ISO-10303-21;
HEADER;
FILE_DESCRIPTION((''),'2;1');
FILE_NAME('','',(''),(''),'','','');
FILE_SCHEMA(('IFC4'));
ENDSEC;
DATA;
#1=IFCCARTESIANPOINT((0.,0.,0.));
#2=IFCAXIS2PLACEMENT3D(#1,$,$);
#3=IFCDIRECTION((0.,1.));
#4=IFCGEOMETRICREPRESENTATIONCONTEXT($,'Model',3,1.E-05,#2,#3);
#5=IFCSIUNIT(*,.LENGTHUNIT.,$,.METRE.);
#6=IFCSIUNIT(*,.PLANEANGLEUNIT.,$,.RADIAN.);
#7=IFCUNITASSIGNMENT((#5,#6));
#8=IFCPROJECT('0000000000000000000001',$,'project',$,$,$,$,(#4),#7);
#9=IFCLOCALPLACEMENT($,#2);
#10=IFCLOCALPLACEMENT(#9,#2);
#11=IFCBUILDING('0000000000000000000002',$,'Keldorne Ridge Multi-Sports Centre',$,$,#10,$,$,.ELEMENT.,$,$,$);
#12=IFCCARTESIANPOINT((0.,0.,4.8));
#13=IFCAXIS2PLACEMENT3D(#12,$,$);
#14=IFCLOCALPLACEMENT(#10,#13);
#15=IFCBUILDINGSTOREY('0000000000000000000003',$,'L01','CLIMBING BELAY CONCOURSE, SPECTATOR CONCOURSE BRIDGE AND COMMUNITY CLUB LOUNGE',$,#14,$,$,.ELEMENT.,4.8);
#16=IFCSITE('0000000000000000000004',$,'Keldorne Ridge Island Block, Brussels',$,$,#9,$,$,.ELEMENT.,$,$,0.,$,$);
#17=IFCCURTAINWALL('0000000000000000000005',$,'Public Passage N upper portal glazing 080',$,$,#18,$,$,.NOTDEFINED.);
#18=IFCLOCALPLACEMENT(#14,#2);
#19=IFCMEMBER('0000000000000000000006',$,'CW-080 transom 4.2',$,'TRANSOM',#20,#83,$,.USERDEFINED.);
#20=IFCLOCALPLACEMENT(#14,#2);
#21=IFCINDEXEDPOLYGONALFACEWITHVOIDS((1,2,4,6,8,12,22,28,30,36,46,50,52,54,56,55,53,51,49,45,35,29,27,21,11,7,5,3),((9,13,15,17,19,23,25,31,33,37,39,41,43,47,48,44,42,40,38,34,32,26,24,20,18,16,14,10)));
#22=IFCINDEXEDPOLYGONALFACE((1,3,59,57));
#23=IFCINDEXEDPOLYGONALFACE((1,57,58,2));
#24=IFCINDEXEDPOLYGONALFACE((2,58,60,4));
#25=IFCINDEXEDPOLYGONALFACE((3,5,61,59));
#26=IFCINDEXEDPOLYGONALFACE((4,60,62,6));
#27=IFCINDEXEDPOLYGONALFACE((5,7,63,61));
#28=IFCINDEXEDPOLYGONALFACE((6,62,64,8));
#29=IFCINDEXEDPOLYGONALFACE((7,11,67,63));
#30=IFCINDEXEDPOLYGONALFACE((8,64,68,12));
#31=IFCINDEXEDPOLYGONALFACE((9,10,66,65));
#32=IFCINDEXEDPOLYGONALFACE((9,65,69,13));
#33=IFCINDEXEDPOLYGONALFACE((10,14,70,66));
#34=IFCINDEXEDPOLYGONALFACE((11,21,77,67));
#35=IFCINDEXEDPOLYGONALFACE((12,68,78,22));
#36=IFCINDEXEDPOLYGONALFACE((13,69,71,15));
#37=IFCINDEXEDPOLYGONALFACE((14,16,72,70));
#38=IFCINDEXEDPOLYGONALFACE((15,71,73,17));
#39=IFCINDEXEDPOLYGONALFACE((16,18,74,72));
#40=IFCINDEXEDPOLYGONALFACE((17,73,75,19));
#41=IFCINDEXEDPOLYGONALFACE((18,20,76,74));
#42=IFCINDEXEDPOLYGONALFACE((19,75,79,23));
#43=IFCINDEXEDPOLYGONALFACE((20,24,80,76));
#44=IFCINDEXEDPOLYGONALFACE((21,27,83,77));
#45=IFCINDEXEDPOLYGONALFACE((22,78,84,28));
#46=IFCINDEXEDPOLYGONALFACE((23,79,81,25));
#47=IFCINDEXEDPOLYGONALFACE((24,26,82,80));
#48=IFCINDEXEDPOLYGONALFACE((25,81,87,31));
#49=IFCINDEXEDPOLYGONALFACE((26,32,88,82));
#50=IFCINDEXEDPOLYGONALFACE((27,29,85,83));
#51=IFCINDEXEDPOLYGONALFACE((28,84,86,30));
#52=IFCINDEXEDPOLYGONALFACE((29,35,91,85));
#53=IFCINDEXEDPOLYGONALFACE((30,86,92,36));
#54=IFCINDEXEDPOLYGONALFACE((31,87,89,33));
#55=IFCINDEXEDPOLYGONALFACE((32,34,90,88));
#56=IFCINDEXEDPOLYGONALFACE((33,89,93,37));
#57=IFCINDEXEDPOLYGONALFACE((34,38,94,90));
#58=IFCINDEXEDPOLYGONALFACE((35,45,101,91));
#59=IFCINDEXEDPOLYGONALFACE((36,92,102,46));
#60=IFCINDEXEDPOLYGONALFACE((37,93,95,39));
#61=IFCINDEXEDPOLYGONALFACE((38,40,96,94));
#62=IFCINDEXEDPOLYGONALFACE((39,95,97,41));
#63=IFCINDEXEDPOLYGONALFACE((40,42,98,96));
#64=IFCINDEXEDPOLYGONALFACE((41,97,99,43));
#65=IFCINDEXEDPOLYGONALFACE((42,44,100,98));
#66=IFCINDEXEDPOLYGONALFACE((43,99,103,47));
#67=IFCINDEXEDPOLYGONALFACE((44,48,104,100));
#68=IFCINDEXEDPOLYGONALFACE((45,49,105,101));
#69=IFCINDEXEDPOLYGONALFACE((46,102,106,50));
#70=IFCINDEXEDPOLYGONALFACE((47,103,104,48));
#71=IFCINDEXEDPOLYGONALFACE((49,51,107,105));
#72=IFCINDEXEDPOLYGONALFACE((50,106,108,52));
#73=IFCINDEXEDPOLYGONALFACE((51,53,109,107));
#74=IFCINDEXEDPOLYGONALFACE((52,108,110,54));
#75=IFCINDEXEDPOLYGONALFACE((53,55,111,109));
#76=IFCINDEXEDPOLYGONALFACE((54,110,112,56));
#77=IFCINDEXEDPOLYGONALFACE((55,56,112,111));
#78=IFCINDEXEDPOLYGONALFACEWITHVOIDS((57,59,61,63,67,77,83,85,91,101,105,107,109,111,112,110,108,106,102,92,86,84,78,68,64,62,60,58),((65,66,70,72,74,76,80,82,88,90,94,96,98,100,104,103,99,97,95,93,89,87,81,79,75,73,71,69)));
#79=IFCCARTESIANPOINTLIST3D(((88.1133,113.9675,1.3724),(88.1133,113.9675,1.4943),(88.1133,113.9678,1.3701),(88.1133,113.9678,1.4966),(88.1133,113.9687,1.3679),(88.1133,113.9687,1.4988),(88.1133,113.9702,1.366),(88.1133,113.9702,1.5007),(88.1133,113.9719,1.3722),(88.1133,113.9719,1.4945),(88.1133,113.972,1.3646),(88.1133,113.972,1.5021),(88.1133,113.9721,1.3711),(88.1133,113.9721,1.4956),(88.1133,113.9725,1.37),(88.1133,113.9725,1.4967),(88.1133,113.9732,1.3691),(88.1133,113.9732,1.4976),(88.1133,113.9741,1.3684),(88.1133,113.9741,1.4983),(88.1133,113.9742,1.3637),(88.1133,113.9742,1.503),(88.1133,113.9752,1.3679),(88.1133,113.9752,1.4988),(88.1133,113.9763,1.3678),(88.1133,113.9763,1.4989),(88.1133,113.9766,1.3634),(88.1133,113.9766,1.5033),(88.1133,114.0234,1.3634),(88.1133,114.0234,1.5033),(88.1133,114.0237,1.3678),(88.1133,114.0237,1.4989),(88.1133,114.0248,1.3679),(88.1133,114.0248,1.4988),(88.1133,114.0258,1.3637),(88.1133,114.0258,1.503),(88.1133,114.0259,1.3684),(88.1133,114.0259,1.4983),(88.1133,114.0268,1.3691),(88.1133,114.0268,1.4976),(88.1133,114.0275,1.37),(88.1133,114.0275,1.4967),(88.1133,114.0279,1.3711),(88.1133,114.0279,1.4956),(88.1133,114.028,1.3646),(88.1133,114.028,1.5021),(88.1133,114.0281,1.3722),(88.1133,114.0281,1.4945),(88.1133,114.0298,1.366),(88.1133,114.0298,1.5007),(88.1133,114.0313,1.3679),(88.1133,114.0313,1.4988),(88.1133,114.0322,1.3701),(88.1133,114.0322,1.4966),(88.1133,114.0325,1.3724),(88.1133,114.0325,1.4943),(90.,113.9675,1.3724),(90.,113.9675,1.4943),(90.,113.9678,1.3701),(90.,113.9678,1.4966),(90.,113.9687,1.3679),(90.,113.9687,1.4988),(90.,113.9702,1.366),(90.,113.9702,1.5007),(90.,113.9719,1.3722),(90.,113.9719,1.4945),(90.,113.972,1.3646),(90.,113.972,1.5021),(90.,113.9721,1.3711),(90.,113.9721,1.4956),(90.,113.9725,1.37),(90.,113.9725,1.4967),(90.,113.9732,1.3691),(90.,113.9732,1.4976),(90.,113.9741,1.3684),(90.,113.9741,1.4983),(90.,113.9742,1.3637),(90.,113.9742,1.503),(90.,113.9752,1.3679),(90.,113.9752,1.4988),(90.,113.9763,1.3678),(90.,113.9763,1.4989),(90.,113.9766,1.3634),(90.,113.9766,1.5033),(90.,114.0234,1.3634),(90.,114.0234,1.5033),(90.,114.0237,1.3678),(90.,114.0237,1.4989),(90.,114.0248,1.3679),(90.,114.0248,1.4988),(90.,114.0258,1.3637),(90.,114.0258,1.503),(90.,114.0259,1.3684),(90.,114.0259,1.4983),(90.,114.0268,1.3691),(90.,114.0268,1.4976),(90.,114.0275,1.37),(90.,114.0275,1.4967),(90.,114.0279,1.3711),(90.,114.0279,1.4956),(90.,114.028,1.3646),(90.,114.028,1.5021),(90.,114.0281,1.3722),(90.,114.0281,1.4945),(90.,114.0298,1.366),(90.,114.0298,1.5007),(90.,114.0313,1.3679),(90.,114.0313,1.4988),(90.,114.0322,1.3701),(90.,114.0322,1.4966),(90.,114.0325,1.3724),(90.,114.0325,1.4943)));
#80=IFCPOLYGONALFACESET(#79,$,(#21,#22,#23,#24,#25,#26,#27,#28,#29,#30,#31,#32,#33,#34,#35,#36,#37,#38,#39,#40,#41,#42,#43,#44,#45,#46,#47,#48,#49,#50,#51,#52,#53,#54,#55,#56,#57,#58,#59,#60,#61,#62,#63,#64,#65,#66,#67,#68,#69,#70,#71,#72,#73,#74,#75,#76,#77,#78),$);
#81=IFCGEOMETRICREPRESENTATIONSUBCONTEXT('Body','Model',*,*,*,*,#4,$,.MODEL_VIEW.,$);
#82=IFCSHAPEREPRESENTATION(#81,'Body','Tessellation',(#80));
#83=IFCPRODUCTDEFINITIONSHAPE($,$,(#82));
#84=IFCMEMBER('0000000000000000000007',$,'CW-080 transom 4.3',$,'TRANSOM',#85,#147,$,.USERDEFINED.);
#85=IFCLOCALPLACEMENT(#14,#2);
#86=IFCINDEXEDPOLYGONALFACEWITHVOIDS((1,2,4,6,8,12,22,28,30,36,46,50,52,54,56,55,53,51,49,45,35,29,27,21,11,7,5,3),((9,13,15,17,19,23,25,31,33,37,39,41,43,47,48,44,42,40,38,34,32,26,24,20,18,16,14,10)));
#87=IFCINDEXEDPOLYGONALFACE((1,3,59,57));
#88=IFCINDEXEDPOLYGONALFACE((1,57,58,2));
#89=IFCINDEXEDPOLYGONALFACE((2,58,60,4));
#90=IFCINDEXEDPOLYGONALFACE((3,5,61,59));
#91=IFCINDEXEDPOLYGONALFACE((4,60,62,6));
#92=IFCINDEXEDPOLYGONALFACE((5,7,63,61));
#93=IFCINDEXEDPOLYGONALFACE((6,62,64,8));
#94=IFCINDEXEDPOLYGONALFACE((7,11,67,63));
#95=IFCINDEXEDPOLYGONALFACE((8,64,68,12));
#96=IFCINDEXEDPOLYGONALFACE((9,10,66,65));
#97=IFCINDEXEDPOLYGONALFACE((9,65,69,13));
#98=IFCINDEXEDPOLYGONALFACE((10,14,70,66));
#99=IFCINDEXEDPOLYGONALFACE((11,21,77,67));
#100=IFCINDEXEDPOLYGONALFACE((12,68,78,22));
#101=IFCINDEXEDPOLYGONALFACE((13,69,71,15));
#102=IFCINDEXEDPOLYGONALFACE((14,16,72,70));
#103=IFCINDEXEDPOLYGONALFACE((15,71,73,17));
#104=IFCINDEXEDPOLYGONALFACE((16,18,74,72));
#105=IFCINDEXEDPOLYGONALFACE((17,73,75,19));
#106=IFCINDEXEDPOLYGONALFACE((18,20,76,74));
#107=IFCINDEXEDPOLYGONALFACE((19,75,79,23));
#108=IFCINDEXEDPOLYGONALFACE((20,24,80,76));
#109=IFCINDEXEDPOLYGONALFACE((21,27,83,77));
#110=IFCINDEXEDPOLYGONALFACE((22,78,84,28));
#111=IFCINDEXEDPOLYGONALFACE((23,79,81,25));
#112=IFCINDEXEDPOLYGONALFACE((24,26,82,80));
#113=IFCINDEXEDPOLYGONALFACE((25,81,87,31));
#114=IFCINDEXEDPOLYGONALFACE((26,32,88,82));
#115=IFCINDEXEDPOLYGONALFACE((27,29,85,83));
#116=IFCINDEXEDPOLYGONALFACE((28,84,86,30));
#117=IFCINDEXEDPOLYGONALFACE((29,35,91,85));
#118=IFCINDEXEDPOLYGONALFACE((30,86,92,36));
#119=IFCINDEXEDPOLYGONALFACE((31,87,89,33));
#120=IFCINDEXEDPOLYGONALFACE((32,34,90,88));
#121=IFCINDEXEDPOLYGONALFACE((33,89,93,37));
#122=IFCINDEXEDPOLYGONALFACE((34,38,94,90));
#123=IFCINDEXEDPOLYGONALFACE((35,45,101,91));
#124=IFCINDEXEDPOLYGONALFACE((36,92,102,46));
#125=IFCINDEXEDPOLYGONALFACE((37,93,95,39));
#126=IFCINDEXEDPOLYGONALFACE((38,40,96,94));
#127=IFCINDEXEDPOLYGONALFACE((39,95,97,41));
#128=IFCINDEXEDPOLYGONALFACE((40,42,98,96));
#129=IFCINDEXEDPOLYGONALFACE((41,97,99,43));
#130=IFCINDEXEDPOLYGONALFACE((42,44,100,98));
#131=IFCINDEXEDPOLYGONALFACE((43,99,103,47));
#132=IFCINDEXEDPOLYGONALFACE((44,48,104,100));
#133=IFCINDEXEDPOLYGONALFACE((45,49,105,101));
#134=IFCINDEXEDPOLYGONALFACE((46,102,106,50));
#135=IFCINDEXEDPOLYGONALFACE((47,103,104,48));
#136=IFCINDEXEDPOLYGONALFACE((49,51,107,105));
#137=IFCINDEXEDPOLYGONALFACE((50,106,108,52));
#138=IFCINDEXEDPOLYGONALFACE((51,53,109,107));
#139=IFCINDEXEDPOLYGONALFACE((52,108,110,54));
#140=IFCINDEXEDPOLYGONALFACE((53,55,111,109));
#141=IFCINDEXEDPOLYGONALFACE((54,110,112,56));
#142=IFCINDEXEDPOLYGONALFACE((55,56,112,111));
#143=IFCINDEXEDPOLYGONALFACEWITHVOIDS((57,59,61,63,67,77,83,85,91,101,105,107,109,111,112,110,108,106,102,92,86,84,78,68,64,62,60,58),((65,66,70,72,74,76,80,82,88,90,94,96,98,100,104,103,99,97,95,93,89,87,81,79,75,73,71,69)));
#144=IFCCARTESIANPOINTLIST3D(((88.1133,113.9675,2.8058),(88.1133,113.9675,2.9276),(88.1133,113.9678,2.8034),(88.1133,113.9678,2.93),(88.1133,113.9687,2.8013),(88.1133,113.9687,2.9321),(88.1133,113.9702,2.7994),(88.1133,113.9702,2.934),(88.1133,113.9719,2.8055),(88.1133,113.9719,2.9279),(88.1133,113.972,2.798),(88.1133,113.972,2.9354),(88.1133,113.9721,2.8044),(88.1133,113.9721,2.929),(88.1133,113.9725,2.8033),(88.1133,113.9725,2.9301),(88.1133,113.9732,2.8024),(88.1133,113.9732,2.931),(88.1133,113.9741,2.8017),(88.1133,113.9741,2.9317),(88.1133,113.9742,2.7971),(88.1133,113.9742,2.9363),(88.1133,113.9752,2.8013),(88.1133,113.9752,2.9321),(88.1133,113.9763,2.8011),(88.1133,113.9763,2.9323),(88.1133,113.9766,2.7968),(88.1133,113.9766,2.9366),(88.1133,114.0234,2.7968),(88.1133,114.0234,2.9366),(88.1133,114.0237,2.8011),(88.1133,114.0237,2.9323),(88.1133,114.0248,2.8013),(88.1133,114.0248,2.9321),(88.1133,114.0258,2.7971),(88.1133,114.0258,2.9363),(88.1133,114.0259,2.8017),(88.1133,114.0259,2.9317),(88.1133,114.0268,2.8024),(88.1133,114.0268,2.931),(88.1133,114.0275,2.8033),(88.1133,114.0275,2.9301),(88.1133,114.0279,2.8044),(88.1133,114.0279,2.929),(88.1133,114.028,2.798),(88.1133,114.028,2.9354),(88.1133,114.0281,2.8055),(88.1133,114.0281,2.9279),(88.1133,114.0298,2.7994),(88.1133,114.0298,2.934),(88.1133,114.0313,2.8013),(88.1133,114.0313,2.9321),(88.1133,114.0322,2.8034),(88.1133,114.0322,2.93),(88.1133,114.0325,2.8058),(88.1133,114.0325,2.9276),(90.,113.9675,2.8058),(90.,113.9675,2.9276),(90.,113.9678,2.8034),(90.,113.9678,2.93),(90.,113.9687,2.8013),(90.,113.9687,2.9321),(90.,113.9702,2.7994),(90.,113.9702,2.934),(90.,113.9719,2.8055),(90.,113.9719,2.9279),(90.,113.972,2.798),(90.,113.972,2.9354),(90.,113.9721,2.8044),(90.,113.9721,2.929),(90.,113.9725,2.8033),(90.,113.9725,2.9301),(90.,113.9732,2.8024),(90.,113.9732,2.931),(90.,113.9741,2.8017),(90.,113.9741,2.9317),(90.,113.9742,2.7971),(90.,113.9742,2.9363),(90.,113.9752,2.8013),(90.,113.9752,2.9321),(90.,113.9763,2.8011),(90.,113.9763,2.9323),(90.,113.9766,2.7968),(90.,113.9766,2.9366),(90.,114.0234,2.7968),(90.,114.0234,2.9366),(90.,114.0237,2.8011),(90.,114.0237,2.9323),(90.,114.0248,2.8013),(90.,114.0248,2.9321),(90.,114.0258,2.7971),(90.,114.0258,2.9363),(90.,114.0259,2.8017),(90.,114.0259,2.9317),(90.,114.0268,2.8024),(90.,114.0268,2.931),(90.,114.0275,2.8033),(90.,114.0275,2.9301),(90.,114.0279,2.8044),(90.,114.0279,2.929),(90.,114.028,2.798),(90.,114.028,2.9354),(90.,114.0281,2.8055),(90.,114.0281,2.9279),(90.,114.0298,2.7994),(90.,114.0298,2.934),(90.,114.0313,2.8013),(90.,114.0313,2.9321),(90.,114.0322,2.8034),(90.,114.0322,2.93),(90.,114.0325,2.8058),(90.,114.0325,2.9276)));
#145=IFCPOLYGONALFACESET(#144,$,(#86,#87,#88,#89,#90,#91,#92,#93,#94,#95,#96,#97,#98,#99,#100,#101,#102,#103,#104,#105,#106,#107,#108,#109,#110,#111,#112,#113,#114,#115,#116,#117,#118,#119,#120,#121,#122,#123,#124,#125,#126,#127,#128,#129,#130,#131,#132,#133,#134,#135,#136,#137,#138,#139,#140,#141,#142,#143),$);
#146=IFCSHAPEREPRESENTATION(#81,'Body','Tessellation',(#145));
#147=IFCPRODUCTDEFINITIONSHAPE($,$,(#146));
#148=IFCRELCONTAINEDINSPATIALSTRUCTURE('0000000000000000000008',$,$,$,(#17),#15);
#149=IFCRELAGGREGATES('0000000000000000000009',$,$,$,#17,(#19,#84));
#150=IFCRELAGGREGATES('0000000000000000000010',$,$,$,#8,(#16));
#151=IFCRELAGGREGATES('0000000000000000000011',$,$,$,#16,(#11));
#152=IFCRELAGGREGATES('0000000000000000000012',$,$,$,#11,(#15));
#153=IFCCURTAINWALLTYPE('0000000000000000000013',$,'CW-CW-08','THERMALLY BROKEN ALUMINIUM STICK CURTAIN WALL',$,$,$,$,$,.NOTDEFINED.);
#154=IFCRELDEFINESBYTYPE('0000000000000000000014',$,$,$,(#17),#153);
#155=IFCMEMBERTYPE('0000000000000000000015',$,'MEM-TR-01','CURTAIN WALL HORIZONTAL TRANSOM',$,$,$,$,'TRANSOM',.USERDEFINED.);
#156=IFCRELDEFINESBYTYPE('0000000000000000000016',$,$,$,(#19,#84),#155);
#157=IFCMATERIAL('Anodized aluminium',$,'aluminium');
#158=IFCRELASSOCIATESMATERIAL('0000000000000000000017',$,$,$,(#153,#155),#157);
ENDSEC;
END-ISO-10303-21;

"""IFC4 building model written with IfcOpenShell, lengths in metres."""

from ifc_helpers import new_model, si_unit, direction, frame, origin, origin_2d, place, context, subcontext, project, spatial, hollow_rectangle, extrude, material, material_profile, profile_set, type_object, element, aggregate, save


model = new_model("IFC4")

# Units and contexts
model_context = context("Model", 3, precision=1e-05, world=origin(), true_north=direction((0.0, 1.0)))
body_context = subcontext(model_context, "Body", "Model", "MODEL_VIEW")
ifc_project = project(units=[si_unit("LENGTHUNIT", "METRE"), si_unit("PLANEANGLEUNIT", "RADIAN")], contexts=[model_context])

# Site, building, storey
site_placement = place(None, origin())
site = spatial("IfcSite", under=ifc_project, at=site_placement, Name="Keldorne Ridge Island Block, Brussels", CompositionType="ELEMENT", RefElevation=0.0)
building_placement = place(site_placement, origin())
building = spatial("IfcBuilding", under=site, at=building_placement, Name="Keldorne Ridge Multi-Sports Centre", CompositionType="ELEMENT")
storey_placement = place(building_placement, frame((0.0, 0.0, 4.8)))
storey = spatial("IfcBuildingStorey", under=building, at=storey_placement, Name="L01", Description="CLIMBING BELAY CONCOURSE, SPECTATOR CONCOURSE BRIDGE AND COMMUNITY CLUB LOUNGE", CompositionType="ELEMENT", Elevation=4.8)

# Curtain wall, members
ifc_material_1 = material(Name="Anodized aluminium", Category="aluminium")
curtain_wall_type = type_object("IfcCurtainWallType", Name="CW-CW-08", Description="THERMALLY BROKEN ALUMINIUM STICK CURTAIN WALL", PredefinedType="NOTDEFINED", material=ifc_material_1)
curtain_wall_placement = place(storey_placement, origin())
curtain_wall = element("IfcCurtainWall", 1, at=curtain_wall_placement, inside=storey, type_object=curtain_wall_type, Name="Public Passage N upper portal glazing 080", PredefinedType="NOTDEFINED")
ifc_material_profile_1 = material_profile(ifc_material_1, hollow_rectangle(XDim=0.0649, YDim=0.1399, WallThickness=0.0044, InnerFilletRadius=0.0044, OuterFilletRadius=0.009, at=origin_2d()), Name="ALU TRANSOM 140x65x4.5")
ifc_profile_set_1 = profile_set([ifc_material_profile_1], Name="Anodized aluminium")
member_type_1 = type_object("IfcMemberType", Name="MEM-TR-01", Description="CURTAIN WALL HORIZONTAL TRANSOM", ElementType="TRANSOM", PredefinedType="USERDEFINED", material=ifc_profile_set_1)
member_1_placement = place(storey_placement, frame((90.0, 114.0, 1.4333), z_axis=(-1.0, 0.0, 0.0), x_axis=(0.0, -1.0, 0.0)))
member_1 = element("IfcMember", 2, at=member_1_placement, type_object=member_type_1, Name="CW-080 transom 4.2", ObjectType="TRANSOM", PredefinedType="USERDEFINED", context=body_context, shape_type="SweptSolid", body=[
    extrude(hollow_rectangle(XDim=0.0649, YDim=0.1399, WallThickness=0.0044, InnerFilletRadius=0.0044, OuterFilletRadius=0.009, at=origin_2d()), origin(), (0.0, 0.0, 1.0), 1.8867),
])
member_2_placement = place(storey_placement, frame((90.0, 114.0, 2.8667), z_axis=(-1.0, 0.0, 0.0), x_axis=(0.0, -1.0, 0.0)))
member_2 = element("IfcMember", 3, at=member_2_placement, type_object=member_type_1, Name="CW-080 transom 4.3", ObjectType="TRANSOM", PredefinedType="USERDEFINED", context=body_context, shape_type="SweptSolid", body=[
    extrude(hollow_rectangle(XDim=0.0649, YDim=0.1399, WallThickness=0.0044, InnerFilletRadius=0.0044, OuterFilletRadius=0.009, at=origin_2d()), origin(), (0.0, 0.0, 1.0), 1.8867),
])
aggregate(curtain_wall, [member_1, member_2])

save(model, "model.ifc")
